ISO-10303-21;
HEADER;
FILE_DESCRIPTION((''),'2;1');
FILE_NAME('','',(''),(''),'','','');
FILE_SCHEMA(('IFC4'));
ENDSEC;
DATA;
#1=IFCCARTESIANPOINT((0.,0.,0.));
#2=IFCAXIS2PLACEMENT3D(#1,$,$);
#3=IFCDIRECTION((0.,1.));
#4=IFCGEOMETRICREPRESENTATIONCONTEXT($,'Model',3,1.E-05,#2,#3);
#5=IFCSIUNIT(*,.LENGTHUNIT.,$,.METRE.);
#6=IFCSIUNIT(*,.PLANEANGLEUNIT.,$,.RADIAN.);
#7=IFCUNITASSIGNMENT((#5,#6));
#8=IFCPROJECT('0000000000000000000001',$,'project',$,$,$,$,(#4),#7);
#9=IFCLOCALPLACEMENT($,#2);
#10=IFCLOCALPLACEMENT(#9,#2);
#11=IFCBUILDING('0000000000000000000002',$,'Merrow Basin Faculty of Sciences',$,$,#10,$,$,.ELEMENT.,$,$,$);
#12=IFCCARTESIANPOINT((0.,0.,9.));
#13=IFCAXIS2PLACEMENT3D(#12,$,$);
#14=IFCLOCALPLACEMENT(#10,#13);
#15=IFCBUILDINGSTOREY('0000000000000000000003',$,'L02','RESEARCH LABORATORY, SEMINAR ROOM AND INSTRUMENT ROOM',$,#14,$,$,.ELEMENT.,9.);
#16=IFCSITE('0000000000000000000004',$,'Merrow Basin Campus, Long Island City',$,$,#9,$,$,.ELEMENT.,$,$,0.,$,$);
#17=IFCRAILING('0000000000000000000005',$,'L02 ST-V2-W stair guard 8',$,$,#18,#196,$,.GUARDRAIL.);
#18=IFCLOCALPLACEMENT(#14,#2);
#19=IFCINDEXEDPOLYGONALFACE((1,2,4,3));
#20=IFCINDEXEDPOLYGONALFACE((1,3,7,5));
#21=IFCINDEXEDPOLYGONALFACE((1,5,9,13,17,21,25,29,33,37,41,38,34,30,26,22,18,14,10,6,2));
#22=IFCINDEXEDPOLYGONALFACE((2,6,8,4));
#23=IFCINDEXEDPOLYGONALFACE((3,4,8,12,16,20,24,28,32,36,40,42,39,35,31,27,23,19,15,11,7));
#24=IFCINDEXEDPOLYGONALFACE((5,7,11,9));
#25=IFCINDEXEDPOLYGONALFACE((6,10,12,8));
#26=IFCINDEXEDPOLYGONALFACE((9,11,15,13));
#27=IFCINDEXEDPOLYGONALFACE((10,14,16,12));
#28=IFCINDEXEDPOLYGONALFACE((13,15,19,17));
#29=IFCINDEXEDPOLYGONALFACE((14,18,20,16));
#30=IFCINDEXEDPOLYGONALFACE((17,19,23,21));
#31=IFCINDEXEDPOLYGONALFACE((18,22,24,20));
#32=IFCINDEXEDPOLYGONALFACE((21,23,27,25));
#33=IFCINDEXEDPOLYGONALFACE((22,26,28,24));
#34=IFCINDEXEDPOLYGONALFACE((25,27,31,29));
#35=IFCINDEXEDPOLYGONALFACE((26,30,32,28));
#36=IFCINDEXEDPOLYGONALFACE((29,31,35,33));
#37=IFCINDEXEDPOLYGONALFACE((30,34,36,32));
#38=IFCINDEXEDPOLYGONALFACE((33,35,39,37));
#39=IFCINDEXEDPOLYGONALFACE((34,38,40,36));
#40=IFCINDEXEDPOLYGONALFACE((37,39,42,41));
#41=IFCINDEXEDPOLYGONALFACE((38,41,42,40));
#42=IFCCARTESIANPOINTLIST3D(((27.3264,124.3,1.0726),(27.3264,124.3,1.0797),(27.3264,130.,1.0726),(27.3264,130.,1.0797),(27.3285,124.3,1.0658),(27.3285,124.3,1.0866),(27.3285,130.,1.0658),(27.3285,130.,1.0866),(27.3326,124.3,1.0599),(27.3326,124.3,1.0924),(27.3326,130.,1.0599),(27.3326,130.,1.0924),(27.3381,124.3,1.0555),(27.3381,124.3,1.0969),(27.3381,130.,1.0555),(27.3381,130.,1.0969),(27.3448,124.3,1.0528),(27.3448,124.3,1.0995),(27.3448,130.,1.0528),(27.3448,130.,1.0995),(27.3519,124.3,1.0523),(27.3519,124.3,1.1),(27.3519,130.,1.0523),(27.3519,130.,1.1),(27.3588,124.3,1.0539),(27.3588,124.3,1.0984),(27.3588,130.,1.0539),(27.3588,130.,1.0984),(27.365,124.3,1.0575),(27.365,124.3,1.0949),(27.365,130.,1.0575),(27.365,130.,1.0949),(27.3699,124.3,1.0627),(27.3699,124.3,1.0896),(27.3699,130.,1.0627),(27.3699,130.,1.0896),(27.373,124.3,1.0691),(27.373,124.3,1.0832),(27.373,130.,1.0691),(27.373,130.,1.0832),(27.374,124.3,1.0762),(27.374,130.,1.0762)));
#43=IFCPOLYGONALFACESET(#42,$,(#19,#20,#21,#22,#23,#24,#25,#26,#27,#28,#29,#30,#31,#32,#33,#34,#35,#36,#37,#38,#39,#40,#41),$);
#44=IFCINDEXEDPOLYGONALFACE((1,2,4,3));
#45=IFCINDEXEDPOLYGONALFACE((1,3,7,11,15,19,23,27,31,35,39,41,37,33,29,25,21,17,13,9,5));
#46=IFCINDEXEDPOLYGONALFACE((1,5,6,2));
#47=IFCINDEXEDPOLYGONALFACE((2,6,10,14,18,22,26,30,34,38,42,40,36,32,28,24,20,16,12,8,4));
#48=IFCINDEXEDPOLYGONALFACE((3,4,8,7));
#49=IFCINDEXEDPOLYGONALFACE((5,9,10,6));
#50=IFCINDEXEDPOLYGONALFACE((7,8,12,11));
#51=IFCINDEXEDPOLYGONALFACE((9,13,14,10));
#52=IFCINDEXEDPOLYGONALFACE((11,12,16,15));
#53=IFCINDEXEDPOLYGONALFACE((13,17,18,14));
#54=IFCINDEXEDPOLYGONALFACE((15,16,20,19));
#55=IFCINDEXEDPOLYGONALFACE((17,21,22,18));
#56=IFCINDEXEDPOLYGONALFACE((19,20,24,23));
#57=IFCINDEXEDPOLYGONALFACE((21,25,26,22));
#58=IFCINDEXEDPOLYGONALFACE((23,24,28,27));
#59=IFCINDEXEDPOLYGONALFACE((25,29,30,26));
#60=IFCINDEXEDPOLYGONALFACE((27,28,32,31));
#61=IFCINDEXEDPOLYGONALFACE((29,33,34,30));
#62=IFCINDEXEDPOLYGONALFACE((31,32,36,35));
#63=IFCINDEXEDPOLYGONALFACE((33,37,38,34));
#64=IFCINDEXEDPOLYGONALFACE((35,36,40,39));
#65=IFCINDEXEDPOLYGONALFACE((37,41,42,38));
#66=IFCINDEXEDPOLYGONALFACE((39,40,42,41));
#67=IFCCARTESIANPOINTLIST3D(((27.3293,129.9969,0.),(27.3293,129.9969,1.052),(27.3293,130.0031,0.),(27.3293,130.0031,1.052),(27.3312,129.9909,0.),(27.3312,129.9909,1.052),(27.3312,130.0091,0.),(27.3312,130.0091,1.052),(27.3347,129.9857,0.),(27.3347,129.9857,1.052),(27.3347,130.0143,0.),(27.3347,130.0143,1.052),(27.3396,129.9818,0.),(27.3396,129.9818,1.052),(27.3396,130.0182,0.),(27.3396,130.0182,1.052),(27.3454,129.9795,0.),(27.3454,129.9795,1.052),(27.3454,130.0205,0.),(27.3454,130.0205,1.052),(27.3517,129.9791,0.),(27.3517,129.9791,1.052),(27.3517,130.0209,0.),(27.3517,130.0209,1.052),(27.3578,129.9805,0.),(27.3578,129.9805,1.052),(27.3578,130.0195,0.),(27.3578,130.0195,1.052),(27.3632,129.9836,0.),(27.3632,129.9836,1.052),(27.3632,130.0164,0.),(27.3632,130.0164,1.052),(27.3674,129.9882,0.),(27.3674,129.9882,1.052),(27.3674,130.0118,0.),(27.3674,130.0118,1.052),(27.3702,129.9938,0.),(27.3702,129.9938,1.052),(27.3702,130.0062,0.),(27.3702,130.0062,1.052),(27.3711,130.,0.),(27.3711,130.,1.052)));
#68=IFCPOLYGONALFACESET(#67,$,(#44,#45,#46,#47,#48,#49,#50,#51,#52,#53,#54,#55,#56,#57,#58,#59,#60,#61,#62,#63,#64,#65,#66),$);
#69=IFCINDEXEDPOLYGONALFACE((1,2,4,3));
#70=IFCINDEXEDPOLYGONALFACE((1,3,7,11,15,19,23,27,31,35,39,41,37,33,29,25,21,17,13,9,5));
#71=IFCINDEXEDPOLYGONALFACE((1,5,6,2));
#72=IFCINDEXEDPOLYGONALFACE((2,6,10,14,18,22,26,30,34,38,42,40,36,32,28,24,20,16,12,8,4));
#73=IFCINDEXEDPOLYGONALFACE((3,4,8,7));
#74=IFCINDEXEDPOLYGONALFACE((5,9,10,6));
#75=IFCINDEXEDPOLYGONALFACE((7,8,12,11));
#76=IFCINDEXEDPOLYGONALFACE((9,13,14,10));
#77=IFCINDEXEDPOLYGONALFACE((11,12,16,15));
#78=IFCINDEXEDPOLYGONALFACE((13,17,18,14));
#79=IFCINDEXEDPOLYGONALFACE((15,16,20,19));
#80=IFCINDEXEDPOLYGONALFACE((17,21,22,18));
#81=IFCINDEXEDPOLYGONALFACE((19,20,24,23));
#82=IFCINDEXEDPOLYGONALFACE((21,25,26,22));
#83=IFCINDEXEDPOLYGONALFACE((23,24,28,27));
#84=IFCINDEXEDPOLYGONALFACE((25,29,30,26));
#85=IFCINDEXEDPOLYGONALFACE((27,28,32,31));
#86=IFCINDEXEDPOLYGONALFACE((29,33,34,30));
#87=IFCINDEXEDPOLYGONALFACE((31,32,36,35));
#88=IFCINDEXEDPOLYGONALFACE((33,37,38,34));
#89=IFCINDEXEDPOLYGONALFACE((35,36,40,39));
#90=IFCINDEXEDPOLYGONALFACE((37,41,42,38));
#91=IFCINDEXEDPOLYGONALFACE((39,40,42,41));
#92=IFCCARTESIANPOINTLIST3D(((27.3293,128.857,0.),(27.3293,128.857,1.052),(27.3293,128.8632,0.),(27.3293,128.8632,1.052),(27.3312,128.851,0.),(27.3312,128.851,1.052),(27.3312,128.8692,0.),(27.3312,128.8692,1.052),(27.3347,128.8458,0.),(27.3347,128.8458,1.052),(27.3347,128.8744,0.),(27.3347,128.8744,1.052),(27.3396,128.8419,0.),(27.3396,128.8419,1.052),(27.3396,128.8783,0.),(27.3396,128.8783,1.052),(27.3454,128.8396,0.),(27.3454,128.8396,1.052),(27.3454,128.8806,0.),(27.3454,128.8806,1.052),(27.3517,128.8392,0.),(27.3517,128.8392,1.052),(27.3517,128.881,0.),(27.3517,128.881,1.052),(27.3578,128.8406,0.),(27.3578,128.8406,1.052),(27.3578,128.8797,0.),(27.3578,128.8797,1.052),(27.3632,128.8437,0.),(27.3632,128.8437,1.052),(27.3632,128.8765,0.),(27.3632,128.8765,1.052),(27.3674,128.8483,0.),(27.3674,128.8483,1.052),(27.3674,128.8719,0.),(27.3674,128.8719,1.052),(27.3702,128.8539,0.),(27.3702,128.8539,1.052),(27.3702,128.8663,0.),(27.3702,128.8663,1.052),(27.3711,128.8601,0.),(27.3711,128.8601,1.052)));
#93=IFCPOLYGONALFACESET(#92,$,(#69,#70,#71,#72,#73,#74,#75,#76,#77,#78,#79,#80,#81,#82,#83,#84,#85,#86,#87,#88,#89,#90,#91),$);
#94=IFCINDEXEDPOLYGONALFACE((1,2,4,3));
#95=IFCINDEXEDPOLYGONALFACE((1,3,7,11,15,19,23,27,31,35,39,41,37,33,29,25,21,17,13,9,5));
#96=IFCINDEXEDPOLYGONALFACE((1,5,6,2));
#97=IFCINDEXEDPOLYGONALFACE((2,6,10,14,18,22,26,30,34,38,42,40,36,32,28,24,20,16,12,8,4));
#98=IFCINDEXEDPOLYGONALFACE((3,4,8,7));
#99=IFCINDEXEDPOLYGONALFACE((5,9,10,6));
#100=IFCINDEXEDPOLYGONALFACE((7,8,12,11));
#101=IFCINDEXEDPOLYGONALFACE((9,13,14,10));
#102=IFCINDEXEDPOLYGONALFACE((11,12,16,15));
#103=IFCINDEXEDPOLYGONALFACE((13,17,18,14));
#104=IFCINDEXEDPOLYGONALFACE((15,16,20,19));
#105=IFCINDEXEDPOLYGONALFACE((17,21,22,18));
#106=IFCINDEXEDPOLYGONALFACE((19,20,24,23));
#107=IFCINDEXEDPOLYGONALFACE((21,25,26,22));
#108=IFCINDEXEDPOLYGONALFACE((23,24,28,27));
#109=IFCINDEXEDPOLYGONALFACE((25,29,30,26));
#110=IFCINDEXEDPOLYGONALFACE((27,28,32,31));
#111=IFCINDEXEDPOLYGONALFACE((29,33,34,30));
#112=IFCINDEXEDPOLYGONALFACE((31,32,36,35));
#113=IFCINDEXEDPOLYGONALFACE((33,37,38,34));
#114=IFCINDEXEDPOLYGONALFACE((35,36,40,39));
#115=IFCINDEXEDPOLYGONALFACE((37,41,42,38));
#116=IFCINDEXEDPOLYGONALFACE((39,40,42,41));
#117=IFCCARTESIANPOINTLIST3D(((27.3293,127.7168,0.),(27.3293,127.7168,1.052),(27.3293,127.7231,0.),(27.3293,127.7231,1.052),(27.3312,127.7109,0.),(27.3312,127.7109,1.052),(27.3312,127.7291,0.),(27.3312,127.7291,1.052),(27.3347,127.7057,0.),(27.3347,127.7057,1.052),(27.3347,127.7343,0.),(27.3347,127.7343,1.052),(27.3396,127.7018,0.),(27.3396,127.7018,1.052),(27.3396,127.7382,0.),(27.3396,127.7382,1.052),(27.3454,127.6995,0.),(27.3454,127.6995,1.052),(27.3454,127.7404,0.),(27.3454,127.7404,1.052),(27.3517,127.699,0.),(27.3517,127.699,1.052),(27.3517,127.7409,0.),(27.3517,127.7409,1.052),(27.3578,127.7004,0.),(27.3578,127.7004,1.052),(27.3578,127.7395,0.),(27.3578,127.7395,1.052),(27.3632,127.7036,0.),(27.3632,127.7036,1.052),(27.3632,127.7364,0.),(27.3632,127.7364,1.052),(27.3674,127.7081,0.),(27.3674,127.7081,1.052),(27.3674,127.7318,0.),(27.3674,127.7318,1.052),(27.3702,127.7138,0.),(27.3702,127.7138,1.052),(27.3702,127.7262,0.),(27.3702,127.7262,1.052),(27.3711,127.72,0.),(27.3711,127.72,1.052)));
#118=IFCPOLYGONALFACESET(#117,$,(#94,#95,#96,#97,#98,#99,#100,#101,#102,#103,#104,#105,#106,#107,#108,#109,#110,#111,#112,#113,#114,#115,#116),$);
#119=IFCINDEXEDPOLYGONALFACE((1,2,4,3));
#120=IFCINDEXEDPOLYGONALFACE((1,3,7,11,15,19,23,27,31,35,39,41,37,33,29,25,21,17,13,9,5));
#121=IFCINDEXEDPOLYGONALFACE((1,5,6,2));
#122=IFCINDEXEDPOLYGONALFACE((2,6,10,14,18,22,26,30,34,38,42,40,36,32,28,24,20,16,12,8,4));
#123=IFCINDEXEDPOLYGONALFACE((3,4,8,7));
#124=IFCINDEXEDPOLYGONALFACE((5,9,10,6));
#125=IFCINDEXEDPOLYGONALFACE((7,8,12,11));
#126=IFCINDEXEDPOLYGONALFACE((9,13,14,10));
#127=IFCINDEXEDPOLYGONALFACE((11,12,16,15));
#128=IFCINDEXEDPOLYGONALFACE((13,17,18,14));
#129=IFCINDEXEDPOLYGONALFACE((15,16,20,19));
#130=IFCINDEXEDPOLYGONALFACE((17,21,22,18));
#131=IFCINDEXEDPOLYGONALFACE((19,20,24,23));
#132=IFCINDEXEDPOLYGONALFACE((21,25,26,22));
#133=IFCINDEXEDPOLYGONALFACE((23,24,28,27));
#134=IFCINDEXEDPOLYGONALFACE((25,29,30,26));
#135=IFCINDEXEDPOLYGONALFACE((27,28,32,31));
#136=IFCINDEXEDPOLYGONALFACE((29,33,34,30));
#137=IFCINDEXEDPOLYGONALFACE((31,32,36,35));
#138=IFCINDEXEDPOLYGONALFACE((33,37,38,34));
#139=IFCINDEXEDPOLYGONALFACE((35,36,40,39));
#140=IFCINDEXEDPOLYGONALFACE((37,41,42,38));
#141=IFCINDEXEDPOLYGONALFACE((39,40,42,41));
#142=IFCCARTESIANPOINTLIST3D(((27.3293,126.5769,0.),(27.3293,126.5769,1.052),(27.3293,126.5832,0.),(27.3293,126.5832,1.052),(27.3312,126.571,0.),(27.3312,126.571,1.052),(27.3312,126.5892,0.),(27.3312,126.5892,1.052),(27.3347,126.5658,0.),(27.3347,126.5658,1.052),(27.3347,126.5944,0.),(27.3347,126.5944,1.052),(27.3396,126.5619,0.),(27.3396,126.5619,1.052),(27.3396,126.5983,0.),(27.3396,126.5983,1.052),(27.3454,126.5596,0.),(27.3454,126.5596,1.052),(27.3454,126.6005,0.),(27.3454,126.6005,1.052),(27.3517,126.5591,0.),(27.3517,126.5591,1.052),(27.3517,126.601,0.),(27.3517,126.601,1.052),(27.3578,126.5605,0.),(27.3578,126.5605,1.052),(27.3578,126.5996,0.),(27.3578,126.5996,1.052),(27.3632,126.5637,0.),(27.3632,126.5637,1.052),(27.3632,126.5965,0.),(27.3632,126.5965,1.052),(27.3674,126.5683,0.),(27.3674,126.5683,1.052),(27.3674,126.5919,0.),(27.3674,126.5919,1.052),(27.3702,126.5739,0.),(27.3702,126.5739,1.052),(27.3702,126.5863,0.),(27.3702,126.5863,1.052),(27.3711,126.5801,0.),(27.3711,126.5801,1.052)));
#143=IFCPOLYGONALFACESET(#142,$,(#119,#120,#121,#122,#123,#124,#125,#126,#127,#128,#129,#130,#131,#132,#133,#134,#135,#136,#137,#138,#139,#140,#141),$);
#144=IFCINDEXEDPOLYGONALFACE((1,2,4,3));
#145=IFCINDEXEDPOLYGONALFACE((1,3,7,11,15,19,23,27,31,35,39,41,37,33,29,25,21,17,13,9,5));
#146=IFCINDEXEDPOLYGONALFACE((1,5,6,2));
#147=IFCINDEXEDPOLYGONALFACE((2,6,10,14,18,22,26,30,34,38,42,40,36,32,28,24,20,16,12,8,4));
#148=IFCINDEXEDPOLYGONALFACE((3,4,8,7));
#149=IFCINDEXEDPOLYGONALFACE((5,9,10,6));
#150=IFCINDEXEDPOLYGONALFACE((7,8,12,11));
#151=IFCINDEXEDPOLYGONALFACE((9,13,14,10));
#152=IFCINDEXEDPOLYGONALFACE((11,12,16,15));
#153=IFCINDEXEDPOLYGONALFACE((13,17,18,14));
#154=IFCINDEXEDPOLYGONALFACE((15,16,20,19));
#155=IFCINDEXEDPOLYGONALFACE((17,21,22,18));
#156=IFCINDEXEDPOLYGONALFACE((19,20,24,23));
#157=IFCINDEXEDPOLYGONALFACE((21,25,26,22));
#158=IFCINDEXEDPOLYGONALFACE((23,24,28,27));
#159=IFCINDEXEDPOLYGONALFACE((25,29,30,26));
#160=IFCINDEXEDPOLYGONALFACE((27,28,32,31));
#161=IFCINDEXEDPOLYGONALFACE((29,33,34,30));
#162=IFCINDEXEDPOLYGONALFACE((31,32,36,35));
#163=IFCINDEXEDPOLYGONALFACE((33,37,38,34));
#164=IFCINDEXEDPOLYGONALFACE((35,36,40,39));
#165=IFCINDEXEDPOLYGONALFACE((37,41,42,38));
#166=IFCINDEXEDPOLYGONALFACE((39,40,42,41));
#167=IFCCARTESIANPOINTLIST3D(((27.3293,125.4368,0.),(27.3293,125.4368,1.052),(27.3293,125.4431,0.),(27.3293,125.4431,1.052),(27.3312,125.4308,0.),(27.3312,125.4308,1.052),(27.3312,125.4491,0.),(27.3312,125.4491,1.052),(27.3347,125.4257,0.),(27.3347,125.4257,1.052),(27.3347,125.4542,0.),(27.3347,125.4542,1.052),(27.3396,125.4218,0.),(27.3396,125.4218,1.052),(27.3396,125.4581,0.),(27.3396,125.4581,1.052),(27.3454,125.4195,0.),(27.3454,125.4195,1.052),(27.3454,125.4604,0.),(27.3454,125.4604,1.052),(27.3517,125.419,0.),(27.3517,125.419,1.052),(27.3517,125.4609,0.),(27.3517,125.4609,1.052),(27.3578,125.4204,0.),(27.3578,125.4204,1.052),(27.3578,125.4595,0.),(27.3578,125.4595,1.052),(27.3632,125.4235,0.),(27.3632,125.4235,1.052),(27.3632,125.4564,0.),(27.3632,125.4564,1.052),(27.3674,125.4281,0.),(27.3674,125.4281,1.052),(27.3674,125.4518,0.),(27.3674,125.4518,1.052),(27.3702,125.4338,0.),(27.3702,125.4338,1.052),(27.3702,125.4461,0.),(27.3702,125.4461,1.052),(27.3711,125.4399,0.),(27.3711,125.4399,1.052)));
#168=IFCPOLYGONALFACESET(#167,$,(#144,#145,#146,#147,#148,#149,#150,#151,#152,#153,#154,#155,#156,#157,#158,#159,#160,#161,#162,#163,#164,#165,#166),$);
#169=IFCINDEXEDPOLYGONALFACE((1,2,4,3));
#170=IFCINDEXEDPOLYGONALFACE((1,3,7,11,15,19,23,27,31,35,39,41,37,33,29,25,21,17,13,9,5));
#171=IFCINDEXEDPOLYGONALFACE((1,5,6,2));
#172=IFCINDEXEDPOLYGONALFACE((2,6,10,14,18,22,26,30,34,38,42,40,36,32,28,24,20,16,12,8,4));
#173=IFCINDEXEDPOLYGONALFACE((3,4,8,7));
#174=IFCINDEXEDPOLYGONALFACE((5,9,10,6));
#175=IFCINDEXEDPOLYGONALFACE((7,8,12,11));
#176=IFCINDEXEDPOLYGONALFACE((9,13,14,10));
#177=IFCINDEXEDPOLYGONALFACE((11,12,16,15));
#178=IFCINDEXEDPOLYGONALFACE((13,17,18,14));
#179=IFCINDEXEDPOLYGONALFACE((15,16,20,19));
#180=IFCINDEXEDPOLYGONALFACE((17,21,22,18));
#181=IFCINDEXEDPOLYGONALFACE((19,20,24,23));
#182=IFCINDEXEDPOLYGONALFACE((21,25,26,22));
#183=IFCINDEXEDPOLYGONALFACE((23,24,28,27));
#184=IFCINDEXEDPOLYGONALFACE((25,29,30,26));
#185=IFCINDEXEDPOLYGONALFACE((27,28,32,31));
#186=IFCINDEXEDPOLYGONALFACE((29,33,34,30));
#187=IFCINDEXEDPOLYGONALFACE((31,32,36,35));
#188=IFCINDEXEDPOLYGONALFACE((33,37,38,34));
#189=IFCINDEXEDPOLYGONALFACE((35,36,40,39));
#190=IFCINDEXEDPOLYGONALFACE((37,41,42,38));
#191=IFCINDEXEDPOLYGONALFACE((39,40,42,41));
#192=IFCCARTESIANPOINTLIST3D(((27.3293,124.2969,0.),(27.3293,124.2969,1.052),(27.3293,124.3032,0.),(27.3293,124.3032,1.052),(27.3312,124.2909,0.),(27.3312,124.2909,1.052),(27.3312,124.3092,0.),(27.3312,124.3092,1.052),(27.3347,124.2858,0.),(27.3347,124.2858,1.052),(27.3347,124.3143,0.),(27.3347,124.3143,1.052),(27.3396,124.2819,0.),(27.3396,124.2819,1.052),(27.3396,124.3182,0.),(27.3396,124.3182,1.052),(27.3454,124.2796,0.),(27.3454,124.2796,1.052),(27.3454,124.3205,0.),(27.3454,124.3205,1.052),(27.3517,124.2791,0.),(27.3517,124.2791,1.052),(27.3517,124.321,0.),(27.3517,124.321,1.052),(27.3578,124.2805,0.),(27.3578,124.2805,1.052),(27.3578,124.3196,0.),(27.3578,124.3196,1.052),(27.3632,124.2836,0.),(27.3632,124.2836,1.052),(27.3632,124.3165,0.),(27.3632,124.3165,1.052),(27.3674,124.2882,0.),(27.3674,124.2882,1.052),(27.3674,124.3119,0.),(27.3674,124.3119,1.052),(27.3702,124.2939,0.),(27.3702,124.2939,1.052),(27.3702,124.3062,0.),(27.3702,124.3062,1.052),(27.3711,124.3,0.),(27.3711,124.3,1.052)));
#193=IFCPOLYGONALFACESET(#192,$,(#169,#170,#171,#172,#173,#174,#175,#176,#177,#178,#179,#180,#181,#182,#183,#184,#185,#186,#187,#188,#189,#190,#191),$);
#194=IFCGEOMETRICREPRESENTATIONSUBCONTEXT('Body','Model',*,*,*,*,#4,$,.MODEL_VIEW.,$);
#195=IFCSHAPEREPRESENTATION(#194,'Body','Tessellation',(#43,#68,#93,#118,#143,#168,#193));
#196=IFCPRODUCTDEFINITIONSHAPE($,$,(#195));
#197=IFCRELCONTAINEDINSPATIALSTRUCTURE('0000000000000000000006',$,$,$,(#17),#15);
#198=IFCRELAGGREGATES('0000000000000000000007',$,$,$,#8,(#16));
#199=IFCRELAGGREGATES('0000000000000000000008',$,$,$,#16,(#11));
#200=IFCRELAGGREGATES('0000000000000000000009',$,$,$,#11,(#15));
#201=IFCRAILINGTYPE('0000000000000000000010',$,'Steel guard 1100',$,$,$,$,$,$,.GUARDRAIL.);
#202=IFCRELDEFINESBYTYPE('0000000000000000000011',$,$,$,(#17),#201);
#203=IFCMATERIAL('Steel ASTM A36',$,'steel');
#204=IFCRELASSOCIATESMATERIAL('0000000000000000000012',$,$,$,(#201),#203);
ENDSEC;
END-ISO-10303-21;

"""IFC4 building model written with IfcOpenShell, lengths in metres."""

from ifc_helpers import new_model, si_unit, direction, frame, origin, origin_2d, place, context, subcontext, project, spatial, circle, extrude, material, type_object, element, save


model = new_model("IFC4")

# Units and contexts
model_context = context("Model", 3, precision=1e-05, world=origin(), true_north=direction((0.0, 1.0)))
body_context = subcontext(model_context, "Body", "Model", "MODEL_VIEW")
ifc_project = project(units=[si_unit("LENGTHUNIT", "METRE"), si_unit("PLANEANGLEUNIT", "RADIAN")], contexts=[model_context])

# Site, building, storey
site_placement = place(None, origin())
site = spatial("IfcSite", under=ifc_project, at=site_placement, Name="Merrow Basin Campus, Long Island City", CompositionType="ELEMENT", RefElevation=0.0)
building_placement = place(site_placement, origin())
building = spatial("IfcBuilding", under=site, at=building_placement, Name="Merrow Basin Faculty of Sciences", CompositionType="ELEMENT")
storey_placement = place(building_placement, frame((0.0, 0.0, 9.0)))
storey = spatial("IfcBuildingStorey", under=building, at=storey_placement, Name="L02", Description="RESEARCH LABORATORY, SEMINAR ROOM AND INSTRUMENT ROOM", CompositionType="ELEMENT", Elevation=9.0)

# Railing
ifc_material_1 = material(Name="Steel ASTM A36", Category="steel")
railing_type_1 = type_object("IfcRailingType", Name="Steel guard 1100", PredefinedType="GUARDRAIL", material=ifc_material_1)
railing_1_placement = place(storey_placement, frame((27.3501, 130.0, 0.0)))
element("IfcRailing", 1, at=railing_1_placement, inside=storey, type_object=railing_type_1, Name="L02 ST-V2-W stair guard 8", PredefinedType="GUARDRAIL", context=body_context, shape_type="SweptSolid", body=[
    extrude(circle(Radius=0.0239, at=origin_2d()), frame((0.0, 0.0, 1.0762), z_axis=(0.0, -1.0, 0.0), x_axis=(1.0, 0.0, 0.0)), (0.0, 0.0, 1.0), 5.7),
    extrude(circle(Radius=0.021, at=origin_2d()), origin(), (0.0, 0.0, 1.0), 1.052),
    extrude(circle(Radius=0.021, at=origin_2d()), frame((0.0, -1.1399, 0.0)), (0.0, 0.0, 1.0), 1.052),
    extrude(circle(Radius=0.021, at=origin_2d()), frame((0.0, -2.28, 0.0)), (0.0, 0.0, 1.0), 1.052),
    extrude(circle(Radius=0.021, at=origin_2d()), frame((0.0, -3.4199, 0.0)), (0.0, 0.0, 1.0), 1.052),
    extrude(circle(Radius=0.021, at=origin_2d()), frame((0.0, -4.5601, 0.0)), (0.0, 0.0, 1.0), 1.052),
    extrude(circle(Radius=0.021, at=origin_2d()), frame((0.0, -5.7, 0.0)), (0.0, 0.0, 1.0), 1.052),
])

save(model, "model.ifc")
